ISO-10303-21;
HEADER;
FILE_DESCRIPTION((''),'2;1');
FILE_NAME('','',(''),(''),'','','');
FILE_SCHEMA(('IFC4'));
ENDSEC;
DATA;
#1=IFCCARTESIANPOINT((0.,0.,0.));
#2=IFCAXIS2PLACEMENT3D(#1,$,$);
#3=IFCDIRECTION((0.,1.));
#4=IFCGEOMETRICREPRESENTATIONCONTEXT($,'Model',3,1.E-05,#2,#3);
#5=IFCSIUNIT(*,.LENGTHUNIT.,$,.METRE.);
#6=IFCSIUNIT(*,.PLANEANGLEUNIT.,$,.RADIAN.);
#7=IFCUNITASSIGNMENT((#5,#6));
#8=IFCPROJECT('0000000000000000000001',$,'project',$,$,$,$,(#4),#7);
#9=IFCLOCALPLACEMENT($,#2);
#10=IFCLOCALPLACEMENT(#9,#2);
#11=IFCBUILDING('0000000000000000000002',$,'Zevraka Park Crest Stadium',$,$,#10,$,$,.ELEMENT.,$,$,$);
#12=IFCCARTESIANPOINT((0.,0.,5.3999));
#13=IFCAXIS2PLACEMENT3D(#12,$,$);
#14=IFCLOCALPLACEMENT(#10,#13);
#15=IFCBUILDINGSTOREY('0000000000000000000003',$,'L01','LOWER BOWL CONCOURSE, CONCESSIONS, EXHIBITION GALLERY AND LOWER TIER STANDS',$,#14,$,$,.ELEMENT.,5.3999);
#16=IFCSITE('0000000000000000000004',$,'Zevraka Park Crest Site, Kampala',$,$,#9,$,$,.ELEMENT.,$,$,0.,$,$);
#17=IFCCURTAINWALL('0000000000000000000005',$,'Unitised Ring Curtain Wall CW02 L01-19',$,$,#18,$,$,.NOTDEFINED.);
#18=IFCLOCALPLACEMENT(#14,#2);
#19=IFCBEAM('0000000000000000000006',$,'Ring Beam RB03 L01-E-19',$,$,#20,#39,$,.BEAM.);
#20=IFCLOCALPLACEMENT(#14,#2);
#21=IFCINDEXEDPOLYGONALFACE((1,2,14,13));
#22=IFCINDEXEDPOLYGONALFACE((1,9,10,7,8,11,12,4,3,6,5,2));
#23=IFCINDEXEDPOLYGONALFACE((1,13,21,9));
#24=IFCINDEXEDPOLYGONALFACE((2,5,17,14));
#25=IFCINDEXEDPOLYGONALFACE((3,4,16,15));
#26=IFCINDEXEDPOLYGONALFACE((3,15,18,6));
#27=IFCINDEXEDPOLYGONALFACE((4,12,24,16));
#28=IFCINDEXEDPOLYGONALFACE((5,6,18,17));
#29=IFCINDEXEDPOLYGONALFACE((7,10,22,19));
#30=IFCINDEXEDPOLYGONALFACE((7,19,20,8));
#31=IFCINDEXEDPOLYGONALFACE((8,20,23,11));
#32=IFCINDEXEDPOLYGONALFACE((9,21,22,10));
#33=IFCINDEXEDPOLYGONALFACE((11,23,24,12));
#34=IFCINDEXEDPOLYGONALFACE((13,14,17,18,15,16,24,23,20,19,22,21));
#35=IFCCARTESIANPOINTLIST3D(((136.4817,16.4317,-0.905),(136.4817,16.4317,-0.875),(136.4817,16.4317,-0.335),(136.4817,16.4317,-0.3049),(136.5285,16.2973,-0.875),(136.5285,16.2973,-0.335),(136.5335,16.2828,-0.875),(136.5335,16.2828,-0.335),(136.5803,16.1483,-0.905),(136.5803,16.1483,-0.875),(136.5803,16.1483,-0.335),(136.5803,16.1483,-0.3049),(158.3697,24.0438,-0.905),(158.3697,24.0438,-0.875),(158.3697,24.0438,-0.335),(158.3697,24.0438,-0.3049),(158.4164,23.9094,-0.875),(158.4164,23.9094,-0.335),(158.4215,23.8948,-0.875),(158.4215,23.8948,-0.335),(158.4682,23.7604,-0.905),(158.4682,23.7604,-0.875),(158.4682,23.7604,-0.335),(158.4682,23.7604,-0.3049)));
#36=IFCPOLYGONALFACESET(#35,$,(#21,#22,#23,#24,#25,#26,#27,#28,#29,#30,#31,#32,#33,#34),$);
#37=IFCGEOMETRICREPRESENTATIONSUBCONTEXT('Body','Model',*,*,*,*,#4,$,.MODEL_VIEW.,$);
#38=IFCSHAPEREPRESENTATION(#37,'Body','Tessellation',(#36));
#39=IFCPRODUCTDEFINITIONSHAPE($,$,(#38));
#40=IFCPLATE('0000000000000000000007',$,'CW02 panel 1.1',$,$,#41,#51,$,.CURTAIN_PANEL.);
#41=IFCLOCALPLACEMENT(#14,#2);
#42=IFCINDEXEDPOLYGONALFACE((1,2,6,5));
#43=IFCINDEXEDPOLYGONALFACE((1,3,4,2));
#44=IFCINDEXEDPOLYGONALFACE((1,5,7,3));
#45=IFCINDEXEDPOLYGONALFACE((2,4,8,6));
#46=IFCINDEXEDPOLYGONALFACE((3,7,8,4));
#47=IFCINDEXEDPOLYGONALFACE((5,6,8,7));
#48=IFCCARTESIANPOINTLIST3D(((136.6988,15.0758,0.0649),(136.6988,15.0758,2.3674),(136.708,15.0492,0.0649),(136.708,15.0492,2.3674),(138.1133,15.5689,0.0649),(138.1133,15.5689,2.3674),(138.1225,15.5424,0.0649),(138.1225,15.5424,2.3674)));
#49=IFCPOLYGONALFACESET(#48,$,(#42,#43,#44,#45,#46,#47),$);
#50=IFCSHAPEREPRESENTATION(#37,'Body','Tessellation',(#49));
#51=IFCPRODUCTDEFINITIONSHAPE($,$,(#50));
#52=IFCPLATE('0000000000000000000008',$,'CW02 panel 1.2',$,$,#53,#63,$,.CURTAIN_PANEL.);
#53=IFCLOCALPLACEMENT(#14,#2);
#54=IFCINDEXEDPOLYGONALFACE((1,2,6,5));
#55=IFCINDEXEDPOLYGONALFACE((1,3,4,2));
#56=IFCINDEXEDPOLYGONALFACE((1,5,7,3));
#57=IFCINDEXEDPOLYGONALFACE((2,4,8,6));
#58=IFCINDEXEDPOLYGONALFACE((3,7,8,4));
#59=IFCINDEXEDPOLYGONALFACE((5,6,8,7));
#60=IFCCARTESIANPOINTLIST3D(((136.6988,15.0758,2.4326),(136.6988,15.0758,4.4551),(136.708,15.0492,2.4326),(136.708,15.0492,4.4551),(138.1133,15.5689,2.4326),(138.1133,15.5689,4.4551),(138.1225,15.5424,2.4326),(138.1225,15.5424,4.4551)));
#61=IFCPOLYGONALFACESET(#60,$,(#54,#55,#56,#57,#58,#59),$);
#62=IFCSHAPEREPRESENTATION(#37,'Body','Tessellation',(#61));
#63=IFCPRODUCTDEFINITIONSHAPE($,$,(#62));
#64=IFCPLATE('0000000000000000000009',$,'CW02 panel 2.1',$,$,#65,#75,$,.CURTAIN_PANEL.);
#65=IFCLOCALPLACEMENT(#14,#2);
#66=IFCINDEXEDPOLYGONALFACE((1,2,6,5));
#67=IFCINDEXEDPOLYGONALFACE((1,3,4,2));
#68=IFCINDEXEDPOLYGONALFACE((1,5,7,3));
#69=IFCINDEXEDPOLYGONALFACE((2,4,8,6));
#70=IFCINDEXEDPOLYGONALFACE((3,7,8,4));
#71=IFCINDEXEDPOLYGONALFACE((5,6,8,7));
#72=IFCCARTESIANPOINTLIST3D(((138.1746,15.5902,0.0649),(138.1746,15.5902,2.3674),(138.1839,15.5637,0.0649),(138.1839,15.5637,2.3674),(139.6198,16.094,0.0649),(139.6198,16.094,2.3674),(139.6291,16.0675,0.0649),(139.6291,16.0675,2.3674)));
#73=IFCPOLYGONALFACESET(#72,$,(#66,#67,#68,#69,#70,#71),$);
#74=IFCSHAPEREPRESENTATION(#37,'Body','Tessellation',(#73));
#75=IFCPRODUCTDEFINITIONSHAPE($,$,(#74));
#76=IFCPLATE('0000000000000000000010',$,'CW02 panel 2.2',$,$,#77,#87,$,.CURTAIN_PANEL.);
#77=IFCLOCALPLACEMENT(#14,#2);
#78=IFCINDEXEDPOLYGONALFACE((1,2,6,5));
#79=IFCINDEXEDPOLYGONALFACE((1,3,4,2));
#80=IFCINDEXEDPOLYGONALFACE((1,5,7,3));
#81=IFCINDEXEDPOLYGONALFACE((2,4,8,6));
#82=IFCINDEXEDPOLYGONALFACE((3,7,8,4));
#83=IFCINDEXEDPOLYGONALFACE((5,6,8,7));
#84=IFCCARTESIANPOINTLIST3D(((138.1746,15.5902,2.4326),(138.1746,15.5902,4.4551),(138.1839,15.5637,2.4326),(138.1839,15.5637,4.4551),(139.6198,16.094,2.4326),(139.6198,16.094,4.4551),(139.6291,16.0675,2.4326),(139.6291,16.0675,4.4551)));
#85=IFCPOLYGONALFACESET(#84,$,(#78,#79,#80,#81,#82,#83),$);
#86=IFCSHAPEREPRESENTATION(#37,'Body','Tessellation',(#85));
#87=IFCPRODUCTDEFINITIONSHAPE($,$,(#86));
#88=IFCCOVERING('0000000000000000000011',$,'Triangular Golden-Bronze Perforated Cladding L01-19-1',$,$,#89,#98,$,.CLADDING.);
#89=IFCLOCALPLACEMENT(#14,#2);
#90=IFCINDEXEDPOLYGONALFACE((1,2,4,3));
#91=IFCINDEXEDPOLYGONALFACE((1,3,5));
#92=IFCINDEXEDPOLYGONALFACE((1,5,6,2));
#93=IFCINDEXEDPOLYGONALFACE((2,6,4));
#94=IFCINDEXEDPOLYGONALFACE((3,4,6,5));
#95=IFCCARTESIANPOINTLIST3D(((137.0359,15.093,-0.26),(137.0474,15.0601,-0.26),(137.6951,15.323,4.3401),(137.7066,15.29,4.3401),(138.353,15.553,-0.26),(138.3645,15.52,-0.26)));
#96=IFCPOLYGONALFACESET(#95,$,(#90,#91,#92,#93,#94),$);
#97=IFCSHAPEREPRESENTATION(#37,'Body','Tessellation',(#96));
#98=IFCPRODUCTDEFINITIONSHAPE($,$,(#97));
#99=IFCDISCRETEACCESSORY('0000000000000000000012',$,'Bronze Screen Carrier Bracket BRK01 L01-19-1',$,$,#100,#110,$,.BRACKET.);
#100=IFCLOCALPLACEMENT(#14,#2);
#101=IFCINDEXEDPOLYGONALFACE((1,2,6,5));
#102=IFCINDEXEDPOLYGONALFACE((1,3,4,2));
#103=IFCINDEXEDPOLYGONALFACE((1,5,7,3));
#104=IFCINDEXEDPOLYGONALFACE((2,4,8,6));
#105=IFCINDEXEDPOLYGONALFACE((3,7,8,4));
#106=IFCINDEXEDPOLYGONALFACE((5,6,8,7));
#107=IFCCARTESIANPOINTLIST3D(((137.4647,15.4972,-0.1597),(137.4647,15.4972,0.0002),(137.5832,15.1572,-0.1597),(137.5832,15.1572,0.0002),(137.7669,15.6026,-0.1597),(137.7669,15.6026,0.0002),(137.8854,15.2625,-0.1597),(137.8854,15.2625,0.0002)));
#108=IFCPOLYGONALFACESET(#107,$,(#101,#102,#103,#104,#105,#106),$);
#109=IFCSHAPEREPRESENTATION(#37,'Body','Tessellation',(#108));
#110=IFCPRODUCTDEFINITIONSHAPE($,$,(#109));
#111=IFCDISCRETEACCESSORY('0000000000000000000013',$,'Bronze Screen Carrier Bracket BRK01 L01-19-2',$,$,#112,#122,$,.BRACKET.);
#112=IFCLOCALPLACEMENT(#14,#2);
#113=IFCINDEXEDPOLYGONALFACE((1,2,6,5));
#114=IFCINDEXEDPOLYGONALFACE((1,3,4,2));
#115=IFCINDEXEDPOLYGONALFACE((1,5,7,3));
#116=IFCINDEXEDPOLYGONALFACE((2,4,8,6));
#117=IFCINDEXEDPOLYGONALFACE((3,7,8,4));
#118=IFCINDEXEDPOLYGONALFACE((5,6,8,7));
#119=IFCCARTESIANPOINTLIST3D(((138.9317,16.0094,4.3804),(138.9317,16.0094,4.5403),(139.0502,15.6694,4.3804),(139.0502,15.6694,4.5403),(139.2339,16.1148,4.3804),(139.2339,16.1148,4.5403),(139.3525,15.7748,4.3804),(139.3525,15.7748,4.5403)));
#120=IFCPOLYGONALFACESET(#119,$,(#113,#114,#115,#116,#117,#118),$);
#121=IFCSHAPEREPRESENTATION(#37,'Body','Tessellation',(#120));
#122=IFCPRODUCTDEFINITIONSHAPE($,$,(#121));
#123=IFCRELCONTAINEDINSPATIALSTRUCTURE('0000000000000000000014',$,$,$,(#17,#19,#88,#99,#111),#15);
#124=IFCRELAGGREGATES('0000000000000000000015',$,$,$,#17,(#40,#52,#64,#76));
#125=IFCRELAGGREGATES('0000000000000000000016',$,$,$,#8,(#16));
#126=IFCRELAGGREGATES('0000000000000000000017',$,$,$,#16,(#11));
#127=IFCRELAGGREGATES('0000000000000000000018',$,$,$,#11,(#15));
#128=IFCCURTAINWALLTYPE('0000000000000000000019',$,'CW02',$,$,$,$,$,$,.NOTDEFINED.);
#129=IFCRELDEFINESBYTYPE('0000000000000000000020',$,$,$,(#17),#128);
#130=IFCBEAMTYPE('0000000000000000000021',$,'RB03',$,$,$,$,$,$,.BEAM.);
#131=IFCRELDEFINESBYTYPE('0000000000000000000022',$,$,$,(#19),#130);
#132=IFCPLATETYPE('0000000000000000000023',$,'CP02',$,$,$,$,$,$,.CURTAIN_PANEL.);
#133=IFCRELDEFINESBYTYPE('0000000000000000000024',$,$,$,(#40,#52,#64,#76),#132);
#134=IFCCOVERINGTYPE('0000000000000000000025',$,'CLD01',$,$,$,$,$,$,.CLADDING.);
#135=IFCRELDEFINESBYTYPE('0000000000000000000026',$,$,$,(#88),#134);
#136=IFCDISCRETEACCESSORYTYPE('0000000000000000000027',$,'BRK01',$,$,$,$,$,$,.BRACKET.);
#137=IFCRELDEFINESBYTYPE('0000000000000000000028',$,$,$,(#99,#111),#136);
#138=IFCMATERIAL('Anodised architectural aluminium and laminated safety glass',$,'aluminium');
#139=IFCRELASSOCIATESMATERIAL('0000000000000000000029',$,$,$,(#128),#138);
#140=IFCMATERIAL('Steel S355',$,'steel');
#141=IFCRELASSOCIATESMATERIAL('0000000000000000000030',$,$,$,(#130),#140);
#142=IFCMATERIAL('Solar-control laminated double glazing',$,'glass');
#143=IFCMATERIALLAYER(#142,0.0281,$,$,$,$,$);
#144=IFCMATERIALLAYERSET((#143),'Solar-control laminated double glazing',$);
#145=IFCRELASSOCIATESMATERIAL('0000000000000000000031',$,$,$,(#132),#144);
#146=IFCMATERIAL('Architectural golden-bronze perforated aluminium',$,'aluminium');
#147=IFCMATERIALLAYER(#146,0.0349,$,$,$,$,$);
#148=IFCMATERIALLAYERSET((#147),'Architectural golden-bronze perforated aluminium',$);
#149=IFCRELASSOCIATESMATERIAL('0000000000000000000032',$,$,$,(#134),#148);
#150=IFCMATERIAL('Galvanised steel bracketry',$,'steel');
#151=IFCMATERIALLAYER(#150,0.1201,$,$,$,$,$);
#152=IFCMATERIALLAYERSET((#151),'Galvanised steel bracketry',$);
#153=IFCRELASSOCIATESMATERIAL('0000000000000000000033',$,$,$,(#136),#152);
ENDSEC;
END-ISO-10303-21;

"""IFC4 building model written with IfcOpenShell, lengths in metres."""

from ifc_helpers import new_model, si_unit, direction, frame, origin, origin_2d, place, context, subcontext, project, spatial, polyline, rectangle, i_section, outline, extrude, material, layer, layer_set, material_profile, profile_set, type_object, element, aggregate, save


model = new_model("IFC4")

# Units and contexts
model_context = context("Model", 3, precision=1e-05, world=origin(), true_north=direction((0.0, 1.0)))
body_context = subcontext(model_context, "Body", "Model", "MODEL_VIEW")
ifc_project = project(units=[si_unit("LENGTHUNIT", "METRE"), si_unit("PLANEANGLEUNIT", "RADIAN")], contexts=[model_context])

# Site, building, storey
site_placement = place(None, origin())
site = spatial("IfcSite", under=ifc_project, at=site_placement, Name="Zevraka Park Crest Site, Kampala", CompositionType="ELEMENT", RefElevation=0.0)
building_placement = place(site_placement, origin())
building = spatial("IfcBuilding", under=site, at=building_placement, Name="Zevraka Park Crest Stadium", CompositionType="ELEMENT")
storey_placement = place(building_placement, frame((0.0, 0.0, 5.3999)))
storey = spatial("IfcBuildingStorey", under=building, at=storey_placement, Name="L01", Description="LOWER BOWL CONCOURSE, CONCESSIONS, EXHIBITION GALLERY AND LOWER TIER STANDS", CompositionType="ELEMENT", Elevation=5.3999)

# Curtain wall
ifc_material_1 = material(Name="Anodised architectural aluminium and laminated safety glass", Category="aluminium")
curtain_wall_type = type_object("IfcCurtainWallType", Name="CW02", PredefinedType="NOTDEFINED", material=ifc_material_1)
curtain_wall_placement = place(storey_placement, origin())
curtain_wall = element("IfcCurtainWall", 1, at=curtain_wall_placement, inside=storey, type_object=curtain_wall_type, Name="Unitised Ring Curtain Wall CW02 L01-19", PredefinedType="NOTDEFINED")

# Beam
ifc_material_2 = material(Name="Steel S355", Category="steel")
ifc_material_profile_1 = material_profile(ifc_material_2, i_section(OverallWidth=0.3, OverallDepth=0.6001, WebThickness=0.0154, FlangeThickness=0.03, at=origin_2d()), Name="HEB 600")
ifc_profile_set_1 = profile_set([ifc_material_profile_1], Name="Steel S355")
beam_type_1 = type_object("IfcBeamType", Name="RB03", PredefinedType="BEAM", material=ifc_profile_set_1)
beam_1_placement = place(storey_placement, frame((136.531, 16.29, -0.605), z_axis=(0.944512, 0.328477, 0.0), x_axis=(-0.328477, 0.944512, 0.0)))
element("IfcBeam", 2, at=beam_1_placement, inside=storey, type_object=beam_type_1, Name="Ring Beam RB03 L01-E-19", PredefinedType="BEAM", context=body_context, shape_type="SweptSolid", body=[
    extrude(i_section(OverallWidth=0.3, OverallDepth=0.6001, WebThickness=0.0154, FlangeThickness=0.03, at=origin_2d()), origin(), (0.0, 0.0, 1.0), 23.1738),
])

# Plates
ifc_material_3 = material(Name="Solar-control laminated double glazing", Category="glass")
ifc_layer_1 = layer(ifc_material_3, 0.0281)
ifc_layer_set_1 = layer_set([ifc_layer_1], Name="Solar-control laminated double glazing")
plate_type = type_object("IfcPlateType", Name="CP02", PredefinedType="CURTAIN_PANEL", material=ifc_layer_set_1)
plate_1_placement = place(storey_placement, frame((137.4106, 15.3091, 0.0649), z_axis=(0.0, 0.0, 1.0), x_axis=(0.944257, 0.329209, 0.0)))
plate_1 = element("IfcPlate", 3, at=plate_1_placement, type_object=plate_type, Name="CW02 panel 1.1", PredefinedType="CURTAIN_PANEL", context=body_context, shape_type="SweptSolid", body=[
    extrude(rectangle(XDim=1.498, YDim=0.0281, at=origin_2d()), origin(), (0.0, 0.0, 1.0), 2.3025),
])
plate_2_placement = place(storey_placement, frame((137.4106, 15.3091, 2.4326), z_axis=(0.0, 0.0, 1.0), x_axis=(0.944257, 0.329209, 0.0)))
plate_2 = element("IfcPlate", 4, at=plate_2_placement, type_object=plate_type, Name="CW02 panel 1.2", PredefinedType="CURTAIN_PANEL", context=body_context, shape_type="SweptSolid", body=[
    extrude(rectangle(XDim=1.498, YDim=0.0281, at=origin_2d()), origin(), (0.0, 0.0, 1.0), 2.0225),
])
plate_3_placement = place(storey_placement, frame((138.9019, 15.8289, 0.0649), z_axis=(0.0, 0.0, 1.0), x_axis=(0.944257, 0.329209, 0.0)))
plate_3 = element("IfcPlate", 5, at=plate_3_placement, type_object=plate_type, Name="CW02 panel 2.1", PredefinedType="CURTAIN_PANEL", context=body_context, shape_type="SweptSolid", body=[
    extrude(rectangle(XDim=1.5305, YDim=0.0281, at=origin_2d()), origin(), (0.0, 0.0, 1.0), 2.3025),
])
plate_4_placement = place(storey_placement, frame((138.9019, 15.8289, 2.4326), z_axis=(0.0, 0.0, 1.0), x_axis=(0.944257, 0.329209, 0.0)))
plate_4 = element("IfcPlate", 6, at=plate_4_placement, type_object=plate_type, Name="CW02 panel 2.2", PredefinedType="CURTAIN_PANEL", context=body_context, shape_type="SweptSolid", body=[
    extrude(rectangle(XDim=1.5305, YDim=0.0281, at=origin_2d()), origin(), (0.0, 0.0, 1.0), 2.0225),
])
aggregate(curtain_wall, [plate_1, plate_2, plate_3, plate_4])

# Covering
ifc_material_4 = material(Name="Architectural golden-bronze perforated aluminium", Category="aluminium")
ifc_layer_2 = layer(ifc_material_4, 0.0349)
ifc_layer_set_2 = layer_set([ifc_layer_2], Name="Architectural golden-bronze perforated aluminium")
covering_type = type_object("IfcCoveringType", Name="CLD01", PredefinedType="CLADDING", material=ifc_layer_set_2)
covering_placement = place(storey_placement, frame((137.0359, 15.093, -0.26), z_axis=(-0.329688, 0.94409, 0.000044), x_axis=(0.94409, 0.329688, 0.0)))
element("IfcCovering", 7, at=covering_placement, inside=storey, type_object=covering_type, Name="Triangular Golden-Bronze Perforated Cladding L01-19-1", PredefinedType="CLADDING", context=body_context, shape_type="SweptSolid", body=[
    extrude(outline(polyline([(0.0, 0.0), (1.3951, 0.0), (0.6981, -4.6001), (0.0, 0.0)])), origin(), (0.0, 0.0, -1.0), 0.0349),
])

# Discrete accessories
ifc_material_5 = material(Name="Galvanised steel bracketry", Category="steel")
ifc_layer_3 = layer(ifc_material_5, 0.1201)
ifc_layer_set_3 = layer_set([ifc_layer_3], Name="Galvanised steel bracketry")
discrete_accessory_type = type_object("IfcDiscreteAccessoryType", Name="BRK01", PredefinedType="BRACKET", material=ifc_layer_set_3)
for number, where, z_axis, x_axis, name in (
    (8, (137.675, 15.3799, -0.1597), (0.0, 0.0, 1.0), (0.944262, 0.329196, 0.0), "Bronze Screen Carrier Bracket BRK01 L01-19-1"),
    (9, (139.1421, 15.8921, 4.3804), (0.0, 0.0, 1.0), (0.944262, 0.329196, 0.0), "Bronze Screen Carrier Bracket BRK01 L01-19-2"),
):
    element("IfcDiscreteAccessory", number, at=place(storey_placement, frame(where, z_axis=z_axis, x_axis=x_axis)), inside=storey, type_object=discrete_accessory_type, Name=name, PredefinedType="BRACKET", context=body_context, shape_type="SweptSolid", body=[
        extrude(rectangle(XDim=0.3201, YDim=0.3601, at=origin_2d()), origin(), (0.0, 0.0, 1.0), 0.1599),
    ])

save(model, "model.ifc")
